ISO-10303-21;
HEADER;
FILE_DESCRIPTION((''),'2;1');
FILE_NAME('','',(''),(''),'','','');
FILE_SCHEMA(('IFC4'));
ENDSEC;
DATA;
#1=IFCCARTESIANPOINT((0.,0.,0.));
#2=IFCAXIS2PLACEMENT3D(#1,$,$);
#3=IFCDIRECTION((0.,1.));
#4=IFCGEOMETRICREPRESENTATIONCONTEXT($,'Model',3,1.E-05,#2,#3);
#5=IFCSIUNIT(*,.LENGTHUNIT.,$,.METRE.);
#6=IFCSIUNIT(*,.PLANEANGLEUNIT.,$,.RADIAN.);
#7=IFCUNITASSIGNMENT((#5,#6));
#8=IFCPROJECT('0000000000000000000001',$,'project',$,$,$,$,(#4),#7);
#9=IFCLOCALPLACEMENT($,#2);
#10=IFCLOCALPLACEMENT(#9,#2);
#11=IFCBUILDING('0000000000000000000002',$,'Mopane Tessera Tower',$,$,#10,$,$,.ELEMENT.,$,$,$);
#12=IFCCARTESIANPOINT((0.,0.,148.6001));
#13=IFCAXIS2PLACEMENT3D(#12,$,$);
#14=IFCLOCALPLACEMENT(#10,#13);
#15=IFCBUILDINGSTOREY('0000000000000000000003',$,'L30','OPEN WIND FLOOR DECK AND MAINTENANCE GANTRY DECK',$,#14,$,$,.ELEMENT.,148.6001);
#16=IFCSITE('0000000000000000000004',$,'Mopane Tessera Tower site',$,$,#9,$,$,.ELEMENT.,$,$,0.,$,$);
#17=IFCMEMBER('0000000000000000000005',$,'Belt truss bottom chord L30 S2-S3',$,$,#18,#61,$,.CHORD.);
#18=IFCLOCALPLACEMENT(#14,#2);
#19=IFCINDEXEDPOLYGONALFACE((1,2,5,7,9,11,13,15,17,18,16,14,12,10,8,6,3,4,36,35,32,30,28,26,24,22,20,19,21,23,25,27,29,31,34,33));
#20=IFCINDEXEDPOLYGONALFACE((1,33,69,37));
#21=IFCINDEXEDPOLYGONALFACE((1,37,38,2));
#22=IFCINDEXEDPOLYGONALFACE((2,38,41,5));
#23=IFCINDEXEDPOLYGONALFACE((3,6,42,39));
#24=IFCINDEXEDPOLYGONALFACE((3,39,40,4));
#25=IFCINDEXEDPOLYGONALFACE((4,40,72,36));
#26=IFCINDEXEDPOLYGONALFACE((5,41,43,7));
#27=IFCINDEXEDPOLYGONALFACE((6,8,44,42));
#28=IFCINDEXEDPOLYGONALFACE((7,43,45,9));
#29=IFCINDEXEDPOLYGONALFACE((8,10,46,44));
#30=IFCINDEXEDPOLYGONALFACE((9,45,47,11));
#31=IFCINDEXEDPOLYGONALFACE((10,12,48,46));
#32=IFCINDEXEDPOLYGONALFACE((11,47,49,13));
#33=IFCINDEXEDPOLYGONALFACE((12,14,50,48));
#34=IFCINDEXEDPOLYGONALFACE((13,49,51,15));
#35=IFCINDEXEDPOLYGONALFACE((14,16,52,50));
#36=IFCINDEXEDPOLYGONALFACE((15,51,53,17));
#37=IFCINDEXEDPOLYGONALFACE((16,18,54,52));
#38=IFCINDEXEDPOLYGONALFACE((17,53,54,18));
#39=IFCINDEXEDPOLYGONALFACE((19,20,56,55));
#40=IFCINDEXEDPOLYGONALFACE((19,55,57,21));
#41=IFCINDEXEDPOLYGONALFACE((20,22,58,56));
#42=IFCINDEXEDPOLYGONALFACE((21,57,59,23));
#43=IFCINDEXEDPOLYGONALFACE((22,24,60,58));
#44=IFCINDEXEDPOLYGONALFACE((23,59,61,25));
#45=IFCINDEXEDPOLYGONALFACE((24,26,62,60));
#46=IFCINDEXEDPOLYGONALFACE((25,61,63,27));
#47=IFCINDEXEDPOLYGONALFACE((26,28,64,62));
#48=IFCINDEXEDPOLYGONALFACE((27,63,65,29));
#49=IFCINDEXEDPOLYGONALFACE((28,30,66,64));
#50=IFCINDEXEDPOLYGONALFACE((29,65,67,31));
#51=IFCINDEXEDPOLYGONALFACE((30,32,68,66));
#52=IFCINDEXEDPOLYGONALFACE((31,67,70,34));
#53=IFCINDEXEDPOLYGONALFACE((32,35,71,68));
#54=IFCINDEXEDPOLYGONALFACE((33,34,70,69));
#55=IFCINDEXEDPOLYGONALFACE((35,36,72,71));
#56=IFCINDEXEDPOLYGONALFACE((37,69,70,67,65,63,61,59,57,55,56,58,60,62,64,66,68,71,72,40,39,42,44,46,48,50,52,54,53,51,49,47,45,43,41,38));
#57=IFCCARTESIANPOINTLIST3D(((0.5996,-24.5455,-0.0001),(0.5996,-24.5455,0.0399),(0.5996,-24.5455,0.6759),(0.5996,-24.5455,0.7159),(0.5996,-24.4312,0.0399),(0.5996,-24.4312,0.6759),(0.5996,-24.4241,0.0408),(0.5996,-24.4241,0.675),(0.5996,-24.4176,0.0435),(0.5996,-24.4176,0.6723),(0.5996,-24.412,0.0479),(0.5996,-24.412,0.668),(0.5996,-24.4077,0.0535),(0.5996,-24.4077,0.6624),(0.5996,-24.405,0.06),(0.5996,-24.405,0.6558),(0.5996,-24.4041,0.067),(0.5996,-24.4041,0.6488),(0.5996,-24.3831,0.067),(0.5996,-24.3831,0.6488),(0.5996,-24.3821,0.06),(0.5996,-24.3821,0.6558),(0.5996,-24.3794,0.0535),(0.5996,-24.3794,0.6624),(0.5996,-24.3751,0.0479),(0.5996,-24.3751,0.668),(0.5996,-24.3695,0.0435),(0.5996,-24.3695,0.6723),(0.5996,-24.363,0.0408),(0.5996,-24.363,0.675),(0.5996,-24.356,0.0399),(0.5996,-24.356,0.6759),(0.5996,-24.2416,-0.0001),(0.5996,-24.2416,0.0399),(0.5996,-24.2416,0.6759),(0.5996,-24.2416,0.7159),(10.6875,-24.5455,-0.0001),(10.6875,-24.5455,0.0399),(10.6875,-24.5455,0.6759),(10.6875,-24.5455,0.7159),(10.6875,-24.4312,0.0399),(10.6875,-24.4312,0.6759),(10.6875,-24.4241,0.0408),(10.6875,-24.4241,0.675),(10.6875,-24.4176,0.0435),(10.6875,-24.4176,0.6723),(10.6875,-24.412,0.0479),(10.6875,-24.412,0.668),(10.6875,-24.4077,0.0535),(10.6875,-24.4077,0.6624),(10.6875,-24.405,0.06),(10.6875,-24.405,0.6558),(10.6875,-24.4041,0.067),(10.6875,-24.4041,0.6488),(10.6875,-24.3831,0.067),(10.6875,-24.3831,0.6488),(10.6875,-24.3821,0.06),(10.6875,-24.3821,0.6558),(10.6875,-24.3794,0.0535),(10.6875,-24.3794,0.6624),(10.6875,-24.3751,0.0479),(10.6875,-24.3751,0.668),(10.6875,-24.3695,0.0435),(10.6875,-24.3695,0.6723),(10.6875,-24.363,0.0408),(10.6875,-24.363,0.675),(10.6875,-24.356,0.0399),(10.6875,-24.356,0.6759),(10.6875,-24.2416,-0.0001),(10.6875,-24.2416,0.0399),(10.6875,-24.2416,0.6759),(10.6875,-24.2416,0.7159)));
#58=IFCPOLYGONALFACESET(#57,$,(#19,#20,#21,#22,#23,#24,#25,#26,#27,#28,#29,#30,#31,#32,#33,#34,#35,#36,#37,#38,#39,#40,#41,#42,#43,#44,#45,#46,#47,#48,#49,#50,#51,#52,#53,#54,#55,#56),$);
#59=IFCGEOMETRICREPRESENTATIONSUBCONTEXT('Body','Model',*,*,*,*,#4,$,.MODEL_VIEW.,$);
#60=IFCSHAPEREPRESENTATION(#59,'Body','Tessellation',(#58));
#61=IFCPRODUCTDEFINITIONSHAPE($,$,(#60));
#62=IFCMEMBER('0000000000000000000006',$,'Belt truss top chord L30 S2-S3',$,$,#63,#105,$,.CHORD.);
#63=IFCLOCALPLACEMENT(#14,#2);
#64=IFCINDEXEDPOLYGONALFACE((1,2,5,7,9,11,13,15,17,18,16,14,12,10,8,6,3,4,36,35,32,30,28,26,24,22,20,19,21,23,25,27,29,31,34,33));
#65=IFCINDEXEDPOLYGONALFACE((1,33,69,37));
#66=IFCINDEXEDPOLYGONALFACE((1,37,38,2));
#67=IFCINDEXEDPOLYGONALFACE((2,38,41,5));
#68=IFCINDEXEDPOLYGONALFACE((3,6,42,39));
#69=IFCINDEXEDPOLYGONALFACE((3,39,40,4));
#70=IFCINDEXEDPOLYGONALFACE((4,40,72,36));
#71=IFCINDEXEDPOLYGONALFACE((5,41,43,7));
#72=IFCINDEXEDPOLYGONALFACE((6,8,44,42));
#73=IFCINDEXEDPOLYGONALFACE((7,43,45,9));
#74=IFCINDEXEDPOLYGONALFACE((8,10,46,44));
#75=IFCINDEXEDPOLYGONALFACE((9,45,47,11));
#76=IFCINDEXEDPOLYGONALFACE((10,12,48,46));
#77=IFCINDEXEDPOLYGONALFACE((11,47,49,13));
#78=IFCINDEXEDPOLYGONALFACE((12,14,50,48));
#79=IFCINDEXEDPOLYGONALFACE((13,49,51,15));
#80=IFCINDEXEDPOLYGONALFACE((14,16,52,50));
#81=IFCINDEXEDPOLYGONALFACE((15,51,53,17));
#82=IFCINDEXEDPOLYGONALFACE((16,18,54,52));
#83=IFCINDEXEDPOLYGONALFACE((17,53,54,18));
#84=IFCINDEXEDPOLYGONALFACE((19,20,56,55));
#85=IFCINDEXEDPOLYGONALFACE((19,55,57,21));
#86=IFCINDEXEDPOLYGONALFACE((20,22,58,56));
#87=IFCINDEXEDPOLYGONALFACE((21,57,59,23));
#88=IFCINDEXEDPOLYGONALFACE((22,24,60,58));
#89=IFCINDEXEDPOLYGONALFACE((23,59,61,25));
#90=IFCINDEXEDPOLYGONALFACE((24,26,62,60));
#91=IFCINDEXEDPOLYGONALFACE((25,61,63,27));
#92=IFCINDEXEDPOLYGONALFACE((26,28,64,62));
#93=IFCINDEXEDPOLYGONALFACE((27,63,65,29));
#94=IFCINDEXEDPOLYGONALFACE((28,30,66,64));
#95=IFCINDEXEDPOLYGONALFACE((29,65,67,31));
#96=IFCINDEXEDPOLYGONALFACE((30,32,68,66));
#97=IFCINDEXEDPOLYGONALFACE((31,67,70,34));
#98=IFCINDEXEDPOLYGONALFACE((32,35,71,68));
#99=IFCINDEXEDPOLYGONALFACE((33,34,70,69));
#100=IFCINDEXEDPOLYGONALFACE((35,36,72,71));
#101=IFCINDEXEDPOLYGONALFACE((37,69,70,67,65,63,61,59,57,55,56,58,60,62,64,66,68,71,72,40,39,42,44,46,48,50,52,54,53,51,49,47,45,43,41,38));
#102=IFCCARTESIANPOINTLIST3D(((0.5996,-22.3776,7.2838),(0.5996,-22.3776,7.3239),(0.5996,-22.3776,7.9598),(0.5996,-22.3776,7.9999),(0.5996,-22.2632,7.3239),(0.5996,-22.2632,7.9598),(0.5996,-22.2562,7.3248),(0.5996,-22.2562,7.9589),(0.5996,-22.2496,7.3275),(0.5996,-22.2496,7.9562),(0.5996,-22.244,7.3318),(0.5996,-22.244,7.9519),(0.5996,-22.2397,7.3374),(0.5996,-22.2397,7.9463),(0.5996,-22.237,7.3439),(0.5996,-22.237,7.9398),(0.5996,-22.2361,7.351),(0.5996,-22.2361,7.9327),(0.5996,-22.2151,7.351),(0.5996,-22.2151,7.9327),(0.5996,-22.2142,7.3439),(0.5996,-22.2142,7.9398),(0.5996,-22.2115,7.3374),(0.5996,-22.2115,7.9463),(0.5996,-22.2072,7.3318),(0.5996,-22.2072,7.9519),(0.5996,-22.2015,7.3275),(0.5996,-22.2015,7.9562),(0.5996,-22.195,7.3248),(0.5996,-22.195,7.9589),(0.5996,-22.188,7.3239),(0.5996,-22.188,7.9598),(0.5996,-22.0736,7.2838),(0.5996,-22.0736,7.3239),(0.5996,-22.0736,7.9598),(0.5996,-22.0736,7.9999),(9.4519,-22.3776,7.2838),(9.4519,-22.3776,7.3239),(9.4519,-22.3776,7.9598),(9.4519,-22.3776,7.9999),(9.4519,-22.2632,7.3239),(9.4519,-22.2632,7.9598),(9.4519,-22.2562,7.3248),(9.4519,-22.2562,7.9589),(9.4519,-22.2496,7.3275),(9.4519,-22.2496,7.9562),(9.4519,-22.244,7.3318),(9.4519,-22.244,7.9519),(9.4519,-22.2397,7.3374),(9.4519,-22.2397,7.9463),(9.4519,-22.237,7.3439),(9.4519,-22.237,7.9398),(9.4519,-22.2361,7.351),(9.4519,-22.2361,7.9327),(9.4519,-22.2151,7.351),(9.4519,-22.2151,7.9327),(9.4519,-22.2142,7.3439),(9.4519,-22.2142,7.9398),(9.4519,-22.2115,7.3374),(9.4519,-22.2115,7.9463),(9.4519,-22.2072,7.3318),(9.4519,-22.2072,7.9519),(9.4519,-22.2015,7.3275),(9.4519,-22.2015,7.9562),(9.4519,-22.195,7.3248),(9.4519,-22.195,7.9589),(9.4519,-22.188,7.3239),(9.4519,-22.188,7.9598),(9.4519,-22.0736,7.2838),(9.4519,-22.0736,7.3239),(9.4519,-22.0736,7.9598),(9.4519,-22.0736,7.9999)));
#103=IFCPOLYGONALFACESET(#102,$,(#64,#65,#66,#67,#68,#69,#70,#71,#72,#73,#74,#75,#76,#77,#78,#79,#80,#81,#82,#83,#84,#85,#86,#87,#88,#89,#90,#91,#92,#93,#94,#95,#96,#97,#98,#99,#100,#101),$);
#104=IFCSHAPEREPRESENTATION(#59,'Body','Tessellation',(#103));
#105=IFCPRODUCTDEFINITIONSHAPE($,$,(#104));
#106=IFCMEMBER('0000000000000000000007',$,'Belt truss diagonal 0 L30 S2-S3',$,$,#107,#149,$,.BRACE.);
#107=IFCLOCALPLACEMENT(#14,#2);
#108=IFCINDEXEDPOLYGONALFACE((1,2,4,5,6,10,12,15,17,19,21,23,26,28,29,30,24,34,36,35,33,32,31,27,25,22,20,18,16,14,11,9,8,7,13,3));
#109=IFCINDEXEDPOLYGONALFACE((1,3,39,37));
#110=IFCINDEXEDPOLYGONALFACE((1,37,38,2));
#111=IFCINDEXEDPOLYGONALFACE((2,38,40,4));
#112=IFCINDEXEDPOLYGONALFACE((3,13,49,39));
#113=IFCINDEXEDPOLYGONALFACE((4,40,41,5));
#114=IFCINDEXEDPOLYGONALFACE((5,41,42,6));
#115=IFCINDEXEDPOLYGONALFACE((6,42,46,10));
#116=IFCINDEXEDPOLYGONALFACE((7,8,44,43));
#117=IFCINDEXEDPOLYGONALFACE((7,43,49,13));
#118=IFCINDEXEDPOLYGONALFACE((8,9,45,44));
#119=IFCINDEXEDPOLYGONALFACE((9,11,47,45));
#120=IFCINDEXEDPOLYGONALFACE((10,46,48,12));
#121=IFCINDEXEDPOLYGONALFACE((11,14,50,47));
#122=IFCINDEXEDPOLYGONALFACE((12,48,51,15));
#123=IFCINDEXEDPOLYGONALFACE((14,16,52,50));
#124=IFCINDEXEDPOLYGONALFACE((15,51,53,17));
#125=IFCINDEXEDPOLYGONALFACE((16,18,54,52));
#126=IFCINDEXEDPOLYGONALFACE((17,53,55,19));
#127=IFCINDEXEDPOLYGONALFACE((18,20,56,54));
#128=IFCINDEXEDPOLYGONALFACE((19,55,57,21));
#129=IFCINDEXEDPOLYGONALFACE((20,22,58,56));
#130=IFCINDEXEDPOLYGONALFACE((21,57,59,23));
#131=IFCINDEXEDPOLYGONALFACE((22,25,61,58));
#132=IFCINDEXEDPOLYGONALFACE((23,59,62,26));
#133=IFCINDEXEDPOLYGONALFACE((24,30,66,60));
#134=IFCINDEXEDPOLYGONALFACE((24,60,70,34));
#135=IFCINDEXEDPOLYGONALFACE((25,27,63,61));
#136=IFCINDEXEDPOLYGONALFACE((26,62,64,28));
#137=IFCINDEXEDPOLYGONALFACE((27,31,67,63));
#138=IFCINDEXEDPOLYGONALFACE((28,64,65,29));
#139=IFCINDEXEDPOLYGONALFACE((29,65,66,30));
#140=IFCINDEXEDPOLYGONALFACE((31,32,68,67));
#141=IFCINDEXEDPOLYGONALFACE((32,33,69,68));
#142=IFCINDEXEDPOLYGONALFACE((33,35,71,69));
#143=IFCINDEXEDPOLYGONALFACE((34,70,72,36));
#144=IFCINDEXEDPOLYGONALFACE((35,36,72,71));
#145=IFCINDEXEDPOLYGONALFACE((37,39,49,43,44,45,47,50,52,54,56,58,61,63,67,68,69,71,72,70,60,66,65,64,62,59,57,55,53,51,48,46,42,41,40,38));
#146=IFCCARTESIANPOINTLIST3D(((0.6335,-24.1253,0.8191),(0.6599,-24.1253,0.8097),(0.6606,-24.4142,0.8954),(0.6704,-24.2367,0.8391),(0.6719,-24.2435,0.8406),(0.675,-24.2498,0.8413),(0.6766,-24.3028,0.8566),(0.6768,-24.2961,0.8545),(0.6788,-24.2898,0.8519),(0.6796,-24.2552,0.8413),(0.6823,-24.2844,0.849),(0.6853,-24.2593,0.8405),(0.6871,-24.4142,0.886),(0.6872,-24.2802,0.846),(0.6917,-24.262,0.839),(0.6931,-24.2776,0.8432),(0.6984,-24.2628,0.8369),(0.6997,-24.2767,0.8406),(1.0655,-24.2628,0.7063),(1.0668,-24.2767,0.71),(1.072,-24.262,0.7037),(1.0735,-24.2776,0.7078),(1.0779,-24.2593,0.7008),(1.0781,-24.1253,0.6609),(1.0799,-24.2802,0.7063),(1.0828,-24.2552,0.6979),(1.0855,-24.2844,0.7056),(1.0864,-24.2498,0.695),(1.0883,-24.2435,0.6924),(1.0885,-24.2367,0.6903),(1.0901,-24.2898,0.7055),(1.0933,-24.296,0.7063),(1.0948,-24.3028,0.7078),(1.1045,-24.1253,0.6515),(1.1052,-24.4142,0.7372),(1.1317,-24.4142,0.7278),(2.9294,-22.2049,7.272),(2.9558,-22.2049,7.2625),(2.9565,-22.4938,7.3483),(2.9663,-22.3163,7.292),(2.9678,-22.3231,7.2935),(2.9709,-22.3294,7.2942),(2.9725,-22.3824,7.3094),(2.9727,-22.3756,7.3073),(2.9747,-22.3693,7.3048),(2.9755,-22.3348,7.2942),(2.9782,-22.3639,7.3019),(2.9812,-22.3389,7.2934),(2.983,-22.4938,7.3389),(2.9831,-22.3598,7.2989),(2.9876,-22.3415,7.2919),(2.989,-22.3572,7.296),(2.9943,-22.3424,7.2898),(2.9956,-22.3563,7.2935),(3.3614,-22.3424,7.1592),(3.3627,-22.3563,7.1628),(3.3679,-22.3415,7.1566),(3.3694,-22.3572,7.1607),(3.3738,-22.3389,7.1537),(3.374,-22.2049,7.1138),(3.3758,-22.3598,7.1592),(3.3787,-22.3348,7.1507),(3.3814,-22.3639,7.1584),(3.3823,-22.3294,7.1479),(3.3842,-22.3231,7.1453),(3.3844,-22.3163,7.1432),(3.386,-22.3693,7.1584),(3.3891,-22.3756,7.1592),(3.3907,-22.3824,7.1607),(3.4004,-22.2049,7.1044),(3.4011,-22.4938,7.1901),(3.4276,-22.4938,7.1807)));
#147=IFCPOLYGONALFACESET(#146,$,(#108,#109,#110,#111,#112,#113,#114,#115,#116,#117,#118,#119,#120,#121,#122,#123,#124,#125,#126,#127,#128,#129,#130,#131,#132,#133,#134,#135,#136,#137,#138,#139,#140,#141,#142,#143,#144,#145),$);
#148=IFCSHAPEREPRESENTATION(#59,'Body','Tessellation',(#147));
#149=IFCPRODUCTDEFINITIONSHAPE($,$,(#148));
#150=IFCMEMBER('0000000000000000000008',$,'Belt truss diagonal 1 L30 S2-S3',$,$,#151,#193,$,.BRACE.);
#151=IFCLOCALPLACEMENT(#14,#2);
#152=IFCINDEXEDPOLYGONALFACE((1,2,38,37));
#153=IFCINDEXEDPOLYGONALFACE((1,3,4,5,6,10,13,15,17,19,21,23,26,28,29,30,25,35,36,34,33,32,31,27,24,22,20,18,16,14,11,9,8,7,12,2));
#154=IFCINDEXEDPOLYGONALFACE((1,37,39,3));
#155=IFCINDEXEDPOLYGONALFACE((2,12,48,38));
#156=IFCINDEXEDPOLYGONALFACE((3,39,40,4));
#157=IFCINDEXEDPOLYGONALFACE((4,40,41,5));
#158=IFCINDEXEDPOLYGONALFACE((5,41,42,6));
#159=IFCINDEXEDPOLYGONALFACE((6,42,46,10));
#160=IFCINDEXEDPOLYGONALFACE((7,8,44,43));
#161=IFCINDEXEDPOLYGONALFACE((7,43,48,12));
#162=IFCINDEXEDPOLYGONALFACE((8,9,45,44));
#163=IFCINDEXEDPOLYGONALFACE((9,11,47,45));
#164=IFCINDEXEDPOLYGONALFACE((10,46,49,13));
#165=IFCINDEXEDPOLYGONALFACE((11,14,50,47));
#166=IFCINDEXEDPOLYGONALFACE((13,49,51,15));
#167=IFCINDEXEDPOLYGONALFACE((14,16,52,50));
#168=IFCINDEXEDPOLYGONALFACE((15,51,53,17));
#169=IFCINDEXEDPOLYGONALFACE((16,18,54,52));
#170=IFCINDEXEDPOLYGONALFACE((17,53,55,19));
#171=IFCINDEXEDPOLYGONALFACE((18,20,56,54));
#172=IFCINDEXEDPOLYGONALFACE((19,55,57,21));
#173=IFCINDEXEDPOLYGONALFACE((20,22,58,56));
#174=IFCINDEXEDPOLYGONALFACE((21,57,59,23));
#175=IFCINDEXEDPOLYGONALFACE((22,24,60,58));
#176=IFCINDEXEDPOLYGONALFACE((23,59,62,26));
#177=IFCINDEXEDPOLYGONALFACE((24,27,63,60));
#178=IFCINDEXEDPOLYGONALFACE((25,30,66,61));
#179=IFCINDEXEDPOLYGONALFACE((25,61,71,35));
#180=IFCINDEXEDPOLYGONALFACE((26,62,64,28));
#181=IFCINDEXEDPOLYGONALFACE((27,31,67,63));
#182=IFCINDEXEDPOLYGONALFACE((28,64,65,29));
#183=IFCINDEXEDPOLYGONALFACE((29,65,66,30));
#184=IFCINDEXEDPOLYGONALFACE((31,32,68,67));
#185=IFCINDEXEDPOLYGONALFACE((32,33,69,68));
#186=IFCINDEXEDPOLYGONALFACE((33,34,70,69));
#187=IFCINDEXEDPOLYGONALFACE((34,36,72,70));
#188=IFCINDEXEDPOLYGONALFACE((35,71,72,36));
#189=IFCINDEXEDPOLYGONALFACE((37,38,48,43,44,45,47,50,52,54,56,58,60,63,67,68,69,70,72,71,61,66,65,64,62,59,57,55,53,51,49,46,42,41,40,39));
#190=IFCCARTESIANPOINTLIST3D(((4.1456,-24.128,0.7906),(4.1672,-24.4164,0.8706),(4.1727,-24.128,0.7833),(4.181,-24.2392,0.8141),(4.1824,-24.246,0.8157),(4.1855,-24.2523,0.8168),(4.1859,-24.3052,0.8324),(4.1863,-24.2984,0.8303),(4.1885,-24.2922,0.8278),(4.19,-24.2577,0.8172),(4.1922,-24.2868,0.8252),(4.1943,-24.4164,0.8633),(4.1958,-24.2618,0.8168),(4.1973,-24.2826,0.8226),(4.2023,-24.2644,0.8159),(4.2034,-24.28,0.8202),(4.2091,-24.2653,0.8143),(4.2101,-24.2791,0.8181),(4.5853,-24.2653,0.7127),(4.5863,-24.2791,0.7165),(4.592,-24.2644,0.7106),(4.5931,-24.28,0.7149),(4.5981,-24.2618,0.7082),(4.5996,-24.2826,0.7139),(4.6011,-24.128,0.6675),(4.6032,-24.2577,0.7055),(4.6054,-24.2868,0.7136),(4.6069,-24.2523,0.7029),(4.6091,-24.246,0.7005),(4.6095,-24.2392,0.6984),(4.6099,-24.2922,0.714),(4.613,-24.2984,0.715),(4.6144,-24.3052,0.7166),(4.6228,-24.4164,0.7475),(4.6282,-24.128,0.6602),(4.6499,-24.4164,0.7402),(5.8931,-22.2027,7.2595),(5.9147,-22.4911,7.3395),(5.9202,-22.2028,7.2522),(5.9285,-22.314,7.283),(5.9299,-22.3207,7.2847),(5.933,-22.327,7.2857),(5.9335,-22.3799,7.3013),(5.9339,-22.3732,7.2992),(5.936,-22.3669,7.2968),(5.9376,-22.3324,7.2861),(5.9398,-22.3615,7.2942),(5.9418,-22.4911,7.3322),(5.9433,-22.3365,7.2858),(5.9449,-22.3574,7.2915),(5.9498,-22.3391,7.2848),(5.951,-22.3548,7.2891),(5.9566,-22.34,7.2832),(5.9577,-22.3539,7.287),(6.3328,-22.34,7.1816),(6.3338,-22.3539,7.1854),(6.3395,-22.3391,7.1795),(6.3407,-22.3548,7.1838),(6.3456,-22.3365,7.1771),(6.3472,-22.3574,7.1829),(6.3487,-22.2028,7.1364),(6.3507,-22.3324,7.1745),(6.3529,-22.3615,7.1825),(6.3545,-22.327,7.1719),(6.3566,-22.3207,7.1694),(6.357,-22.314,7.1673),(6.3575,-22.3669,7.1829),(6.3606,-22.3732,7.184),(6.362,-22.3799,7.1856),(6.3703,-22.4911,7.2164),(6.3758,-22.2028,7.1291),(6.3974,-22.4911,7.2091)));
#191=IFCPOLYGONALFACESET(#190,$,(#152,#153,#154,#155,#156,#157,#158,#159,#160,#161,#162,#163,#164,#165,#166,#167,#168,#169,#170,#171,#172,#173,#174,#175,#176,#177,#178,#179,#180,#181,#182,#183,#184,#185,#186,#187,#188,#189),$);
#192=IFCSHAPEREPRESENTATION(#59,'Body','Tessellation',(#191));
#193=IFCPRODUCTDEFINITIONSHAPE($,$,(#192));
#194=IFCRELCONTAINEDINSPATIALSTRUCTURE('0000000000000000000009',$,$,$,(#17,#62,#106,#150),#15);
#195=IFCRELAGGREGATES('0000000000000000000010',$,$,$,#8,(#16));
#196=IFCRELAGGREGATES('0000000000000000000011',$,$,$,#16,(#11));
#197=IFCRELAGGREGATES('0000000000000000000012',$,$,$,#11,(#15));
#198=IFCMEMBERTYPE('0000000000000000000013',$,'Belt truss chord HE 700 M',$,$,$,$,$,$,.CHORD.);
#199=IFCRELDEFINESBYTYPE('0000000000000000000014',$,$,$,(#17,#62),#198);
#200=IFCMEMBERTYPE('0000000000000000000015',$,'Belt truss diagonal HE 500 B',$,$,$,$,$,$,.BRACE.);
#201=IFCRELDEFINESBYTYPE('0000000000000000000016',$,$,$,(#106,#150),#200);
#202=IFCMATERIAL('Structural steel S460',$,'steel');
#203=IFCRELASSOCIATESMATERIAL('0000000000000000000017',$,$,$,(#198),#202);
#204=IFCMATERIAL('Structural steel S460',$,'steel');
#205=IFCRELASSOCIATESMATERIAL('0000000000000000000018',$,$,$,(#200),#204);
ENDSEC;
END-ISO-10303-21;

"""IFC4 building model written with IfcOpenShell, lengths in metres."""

from ifc_helpers import new_model, si_unit, direction, frame, origin, origin_2d, place, context, subcontext, project, spatial, i_section, extrude, material, material_profile, profile_set, type_object, element, save


model = new_model("IFC4")

# Units and contexts
model_context = context("Model", 3, precision=1e-05, world=origin(), true_north=direction((0.0, 1.0)))
body_context = subcontext(model_context, "Body", "Model", "MODEL_VIEW")
ifc_project = project(units=[si_unit("LENGTHUNIT", "METRE"), si_unit("PLANEANGLEUNIT", "RADIAN")], contexts=[model_context])

# Site, building, storey
site_placement = place(None, origin())
site = spatial("IfcSite", under=ifc_project, at=site_placement, Name="Mopane Tessera Tower site", CompositionType="ELEMENT", RefElevation=0.0)
building_placement = place(site_placement, origin())
building = spatial("IfcBuilding", under=site, at=building_placement, Name="Mopane Tessera Tower", CompositionType="ELEMENT")
storey_placement = place(building_placement, frame((0.0, 0.0, 148.6001)))
storey = spatial("IfcBuildingStorey", under=building, at=storey_placement, Name="L30", Description="OPEN WIND FLOOR DECK AND MAINTENANCE GANTRY DECK", CompositionType="ELEMENT", Elevation=148.6001)

# Members
ifc_material_1 = material(Name="Structural steel S460", Category="steel")
ifc_material_profile_1 = material_profile(ifc_material_1, i_section(OverallWidth=0.304, OverallDepth=0.7161, WebThickness=0.021, FlangeThickness=0.04, FilletRadius=0.0271, at=origin_2d()))
ifc_profile_set_1 = profile_set([ifc_material_profile_1], Name="Structural steel S460")
member_type_1 = type_object("IfcMemberType", Name="Belt truss chord HE 700 M", PredefinedType="CHORD", material=ifc_profile_set_1)
member_1_placement = place(storey_placement, frame((0.5996, -24.3936, 0.3579), z_axis=(1.0, 0.0, 0.0), x_axis=(0.0, 1.0, 0.0)))
element("IfcMember", 1, at=member_1_placement, inside=storey, type_object=member_type_1, Name="Belt truss bottom chord L30 S2-S3", PredefinedType="CHORD", context=body_context, shape_type="SweptSolid", body=[
    extrude(i_section(OverallWidth=0.304, OverallDepth=0.7161, WebThickness=0.021, FlangeThickness=0.04, FilletRadius=0.0271, at=origin_2d()), origin(), (0.0, 0.0, 1.0), 10.0879),
])
member_2_placement = place(storey_placement, frame((0.5996, -22.2256, 7.6418), z_axis=(1.0, 0.0, 0.0), x_axis=(0.0, 1.0, 0.0)))
element("IfcMember", 2, at=member_2_placement, inside=storey, type_object=member_type_1, Name="Belt truss top chord L30 S2-S3", PredefinedType="CHORD", context=body_context, shape_type="SweptSolid", body=[
    extrude(i_section(OverallWidth=0.304, OverallDepth=0.7161, WebThickness=0.021, FlangeThickness=0.04, FilletRadius=0.0271, at=origin_2d()), origin(), (0.0, 0.0, 1.0), 8.8523),
])
ifc_material_2 = material(Name="Structural steel S460", Category="steel")
ifc_material_profile_2 = material_profile(ifc_material_2, i_section(OverallWidth=0.3, OverallDepth=0.5, WebThickness=0.0144, FlangeThickness=0.0281, FilletRadius=0.0271, at=origin_2d()))
ifc_profile_set_2 = profile_set([ifc_material_profile_2], Name="Structural steel S460")
member_type_2 = type_object("IfcMemberType", Name="Belt truss diagonal HE 500 B", PredefinedType="BRACE", material=ifc_profile_set_2)
member_3_placement = place(storey_placement, frame((0.8826, -24.2698, 0.7734), z_axis=(0.322762, 0.269975, 0.907159), x_axis=(-0.090501, 0.962867, -0.254354)))
element("IfcMember", 3, at=member_3_placement, inside=storey, type_object=member_type_2, Name="Belt truss diagonal 0 L30 S2-S3", PredefinedType="BRACE", context=body_context, shape_type="SweptSolid", body=[
    extrude(i_section(OverallWidth=0.3, OverallDepth=0.5, WebThickness=0.0144, FlangeThickness=0.0281, FilletRadius=0.0271, at=origin_2d()), origin(), (0.0, 0.0, 1.0), 7.1133),
])
member_4_placement = place(storey_placement, frame((4.3977, -24.2722, 0.7654), z_axis=(0.250654, 0.276147, 0.927855), x_axis=(-0.072016, 0.961115, -0.266591)))
element("IfcMember", 4, at=member_4_placement, inside=storey, type_object=member_type_2, Name="Belt truss diagonal 1 L30 S2-S3", PredefinedType="BRACE", context=body_context, shape_type="SweptSolid", body=[
    extrude(i_section(OverallWidth=0.3, OverallDepth=0.5, WebThickness=0.0144, FlangeThickness=0.0281, FilletRadius=0.0271, at=origin_2d()), origin(), (0.0, 0.0, 1.0), 6.9719),
])

save(model, "model.ifc")
